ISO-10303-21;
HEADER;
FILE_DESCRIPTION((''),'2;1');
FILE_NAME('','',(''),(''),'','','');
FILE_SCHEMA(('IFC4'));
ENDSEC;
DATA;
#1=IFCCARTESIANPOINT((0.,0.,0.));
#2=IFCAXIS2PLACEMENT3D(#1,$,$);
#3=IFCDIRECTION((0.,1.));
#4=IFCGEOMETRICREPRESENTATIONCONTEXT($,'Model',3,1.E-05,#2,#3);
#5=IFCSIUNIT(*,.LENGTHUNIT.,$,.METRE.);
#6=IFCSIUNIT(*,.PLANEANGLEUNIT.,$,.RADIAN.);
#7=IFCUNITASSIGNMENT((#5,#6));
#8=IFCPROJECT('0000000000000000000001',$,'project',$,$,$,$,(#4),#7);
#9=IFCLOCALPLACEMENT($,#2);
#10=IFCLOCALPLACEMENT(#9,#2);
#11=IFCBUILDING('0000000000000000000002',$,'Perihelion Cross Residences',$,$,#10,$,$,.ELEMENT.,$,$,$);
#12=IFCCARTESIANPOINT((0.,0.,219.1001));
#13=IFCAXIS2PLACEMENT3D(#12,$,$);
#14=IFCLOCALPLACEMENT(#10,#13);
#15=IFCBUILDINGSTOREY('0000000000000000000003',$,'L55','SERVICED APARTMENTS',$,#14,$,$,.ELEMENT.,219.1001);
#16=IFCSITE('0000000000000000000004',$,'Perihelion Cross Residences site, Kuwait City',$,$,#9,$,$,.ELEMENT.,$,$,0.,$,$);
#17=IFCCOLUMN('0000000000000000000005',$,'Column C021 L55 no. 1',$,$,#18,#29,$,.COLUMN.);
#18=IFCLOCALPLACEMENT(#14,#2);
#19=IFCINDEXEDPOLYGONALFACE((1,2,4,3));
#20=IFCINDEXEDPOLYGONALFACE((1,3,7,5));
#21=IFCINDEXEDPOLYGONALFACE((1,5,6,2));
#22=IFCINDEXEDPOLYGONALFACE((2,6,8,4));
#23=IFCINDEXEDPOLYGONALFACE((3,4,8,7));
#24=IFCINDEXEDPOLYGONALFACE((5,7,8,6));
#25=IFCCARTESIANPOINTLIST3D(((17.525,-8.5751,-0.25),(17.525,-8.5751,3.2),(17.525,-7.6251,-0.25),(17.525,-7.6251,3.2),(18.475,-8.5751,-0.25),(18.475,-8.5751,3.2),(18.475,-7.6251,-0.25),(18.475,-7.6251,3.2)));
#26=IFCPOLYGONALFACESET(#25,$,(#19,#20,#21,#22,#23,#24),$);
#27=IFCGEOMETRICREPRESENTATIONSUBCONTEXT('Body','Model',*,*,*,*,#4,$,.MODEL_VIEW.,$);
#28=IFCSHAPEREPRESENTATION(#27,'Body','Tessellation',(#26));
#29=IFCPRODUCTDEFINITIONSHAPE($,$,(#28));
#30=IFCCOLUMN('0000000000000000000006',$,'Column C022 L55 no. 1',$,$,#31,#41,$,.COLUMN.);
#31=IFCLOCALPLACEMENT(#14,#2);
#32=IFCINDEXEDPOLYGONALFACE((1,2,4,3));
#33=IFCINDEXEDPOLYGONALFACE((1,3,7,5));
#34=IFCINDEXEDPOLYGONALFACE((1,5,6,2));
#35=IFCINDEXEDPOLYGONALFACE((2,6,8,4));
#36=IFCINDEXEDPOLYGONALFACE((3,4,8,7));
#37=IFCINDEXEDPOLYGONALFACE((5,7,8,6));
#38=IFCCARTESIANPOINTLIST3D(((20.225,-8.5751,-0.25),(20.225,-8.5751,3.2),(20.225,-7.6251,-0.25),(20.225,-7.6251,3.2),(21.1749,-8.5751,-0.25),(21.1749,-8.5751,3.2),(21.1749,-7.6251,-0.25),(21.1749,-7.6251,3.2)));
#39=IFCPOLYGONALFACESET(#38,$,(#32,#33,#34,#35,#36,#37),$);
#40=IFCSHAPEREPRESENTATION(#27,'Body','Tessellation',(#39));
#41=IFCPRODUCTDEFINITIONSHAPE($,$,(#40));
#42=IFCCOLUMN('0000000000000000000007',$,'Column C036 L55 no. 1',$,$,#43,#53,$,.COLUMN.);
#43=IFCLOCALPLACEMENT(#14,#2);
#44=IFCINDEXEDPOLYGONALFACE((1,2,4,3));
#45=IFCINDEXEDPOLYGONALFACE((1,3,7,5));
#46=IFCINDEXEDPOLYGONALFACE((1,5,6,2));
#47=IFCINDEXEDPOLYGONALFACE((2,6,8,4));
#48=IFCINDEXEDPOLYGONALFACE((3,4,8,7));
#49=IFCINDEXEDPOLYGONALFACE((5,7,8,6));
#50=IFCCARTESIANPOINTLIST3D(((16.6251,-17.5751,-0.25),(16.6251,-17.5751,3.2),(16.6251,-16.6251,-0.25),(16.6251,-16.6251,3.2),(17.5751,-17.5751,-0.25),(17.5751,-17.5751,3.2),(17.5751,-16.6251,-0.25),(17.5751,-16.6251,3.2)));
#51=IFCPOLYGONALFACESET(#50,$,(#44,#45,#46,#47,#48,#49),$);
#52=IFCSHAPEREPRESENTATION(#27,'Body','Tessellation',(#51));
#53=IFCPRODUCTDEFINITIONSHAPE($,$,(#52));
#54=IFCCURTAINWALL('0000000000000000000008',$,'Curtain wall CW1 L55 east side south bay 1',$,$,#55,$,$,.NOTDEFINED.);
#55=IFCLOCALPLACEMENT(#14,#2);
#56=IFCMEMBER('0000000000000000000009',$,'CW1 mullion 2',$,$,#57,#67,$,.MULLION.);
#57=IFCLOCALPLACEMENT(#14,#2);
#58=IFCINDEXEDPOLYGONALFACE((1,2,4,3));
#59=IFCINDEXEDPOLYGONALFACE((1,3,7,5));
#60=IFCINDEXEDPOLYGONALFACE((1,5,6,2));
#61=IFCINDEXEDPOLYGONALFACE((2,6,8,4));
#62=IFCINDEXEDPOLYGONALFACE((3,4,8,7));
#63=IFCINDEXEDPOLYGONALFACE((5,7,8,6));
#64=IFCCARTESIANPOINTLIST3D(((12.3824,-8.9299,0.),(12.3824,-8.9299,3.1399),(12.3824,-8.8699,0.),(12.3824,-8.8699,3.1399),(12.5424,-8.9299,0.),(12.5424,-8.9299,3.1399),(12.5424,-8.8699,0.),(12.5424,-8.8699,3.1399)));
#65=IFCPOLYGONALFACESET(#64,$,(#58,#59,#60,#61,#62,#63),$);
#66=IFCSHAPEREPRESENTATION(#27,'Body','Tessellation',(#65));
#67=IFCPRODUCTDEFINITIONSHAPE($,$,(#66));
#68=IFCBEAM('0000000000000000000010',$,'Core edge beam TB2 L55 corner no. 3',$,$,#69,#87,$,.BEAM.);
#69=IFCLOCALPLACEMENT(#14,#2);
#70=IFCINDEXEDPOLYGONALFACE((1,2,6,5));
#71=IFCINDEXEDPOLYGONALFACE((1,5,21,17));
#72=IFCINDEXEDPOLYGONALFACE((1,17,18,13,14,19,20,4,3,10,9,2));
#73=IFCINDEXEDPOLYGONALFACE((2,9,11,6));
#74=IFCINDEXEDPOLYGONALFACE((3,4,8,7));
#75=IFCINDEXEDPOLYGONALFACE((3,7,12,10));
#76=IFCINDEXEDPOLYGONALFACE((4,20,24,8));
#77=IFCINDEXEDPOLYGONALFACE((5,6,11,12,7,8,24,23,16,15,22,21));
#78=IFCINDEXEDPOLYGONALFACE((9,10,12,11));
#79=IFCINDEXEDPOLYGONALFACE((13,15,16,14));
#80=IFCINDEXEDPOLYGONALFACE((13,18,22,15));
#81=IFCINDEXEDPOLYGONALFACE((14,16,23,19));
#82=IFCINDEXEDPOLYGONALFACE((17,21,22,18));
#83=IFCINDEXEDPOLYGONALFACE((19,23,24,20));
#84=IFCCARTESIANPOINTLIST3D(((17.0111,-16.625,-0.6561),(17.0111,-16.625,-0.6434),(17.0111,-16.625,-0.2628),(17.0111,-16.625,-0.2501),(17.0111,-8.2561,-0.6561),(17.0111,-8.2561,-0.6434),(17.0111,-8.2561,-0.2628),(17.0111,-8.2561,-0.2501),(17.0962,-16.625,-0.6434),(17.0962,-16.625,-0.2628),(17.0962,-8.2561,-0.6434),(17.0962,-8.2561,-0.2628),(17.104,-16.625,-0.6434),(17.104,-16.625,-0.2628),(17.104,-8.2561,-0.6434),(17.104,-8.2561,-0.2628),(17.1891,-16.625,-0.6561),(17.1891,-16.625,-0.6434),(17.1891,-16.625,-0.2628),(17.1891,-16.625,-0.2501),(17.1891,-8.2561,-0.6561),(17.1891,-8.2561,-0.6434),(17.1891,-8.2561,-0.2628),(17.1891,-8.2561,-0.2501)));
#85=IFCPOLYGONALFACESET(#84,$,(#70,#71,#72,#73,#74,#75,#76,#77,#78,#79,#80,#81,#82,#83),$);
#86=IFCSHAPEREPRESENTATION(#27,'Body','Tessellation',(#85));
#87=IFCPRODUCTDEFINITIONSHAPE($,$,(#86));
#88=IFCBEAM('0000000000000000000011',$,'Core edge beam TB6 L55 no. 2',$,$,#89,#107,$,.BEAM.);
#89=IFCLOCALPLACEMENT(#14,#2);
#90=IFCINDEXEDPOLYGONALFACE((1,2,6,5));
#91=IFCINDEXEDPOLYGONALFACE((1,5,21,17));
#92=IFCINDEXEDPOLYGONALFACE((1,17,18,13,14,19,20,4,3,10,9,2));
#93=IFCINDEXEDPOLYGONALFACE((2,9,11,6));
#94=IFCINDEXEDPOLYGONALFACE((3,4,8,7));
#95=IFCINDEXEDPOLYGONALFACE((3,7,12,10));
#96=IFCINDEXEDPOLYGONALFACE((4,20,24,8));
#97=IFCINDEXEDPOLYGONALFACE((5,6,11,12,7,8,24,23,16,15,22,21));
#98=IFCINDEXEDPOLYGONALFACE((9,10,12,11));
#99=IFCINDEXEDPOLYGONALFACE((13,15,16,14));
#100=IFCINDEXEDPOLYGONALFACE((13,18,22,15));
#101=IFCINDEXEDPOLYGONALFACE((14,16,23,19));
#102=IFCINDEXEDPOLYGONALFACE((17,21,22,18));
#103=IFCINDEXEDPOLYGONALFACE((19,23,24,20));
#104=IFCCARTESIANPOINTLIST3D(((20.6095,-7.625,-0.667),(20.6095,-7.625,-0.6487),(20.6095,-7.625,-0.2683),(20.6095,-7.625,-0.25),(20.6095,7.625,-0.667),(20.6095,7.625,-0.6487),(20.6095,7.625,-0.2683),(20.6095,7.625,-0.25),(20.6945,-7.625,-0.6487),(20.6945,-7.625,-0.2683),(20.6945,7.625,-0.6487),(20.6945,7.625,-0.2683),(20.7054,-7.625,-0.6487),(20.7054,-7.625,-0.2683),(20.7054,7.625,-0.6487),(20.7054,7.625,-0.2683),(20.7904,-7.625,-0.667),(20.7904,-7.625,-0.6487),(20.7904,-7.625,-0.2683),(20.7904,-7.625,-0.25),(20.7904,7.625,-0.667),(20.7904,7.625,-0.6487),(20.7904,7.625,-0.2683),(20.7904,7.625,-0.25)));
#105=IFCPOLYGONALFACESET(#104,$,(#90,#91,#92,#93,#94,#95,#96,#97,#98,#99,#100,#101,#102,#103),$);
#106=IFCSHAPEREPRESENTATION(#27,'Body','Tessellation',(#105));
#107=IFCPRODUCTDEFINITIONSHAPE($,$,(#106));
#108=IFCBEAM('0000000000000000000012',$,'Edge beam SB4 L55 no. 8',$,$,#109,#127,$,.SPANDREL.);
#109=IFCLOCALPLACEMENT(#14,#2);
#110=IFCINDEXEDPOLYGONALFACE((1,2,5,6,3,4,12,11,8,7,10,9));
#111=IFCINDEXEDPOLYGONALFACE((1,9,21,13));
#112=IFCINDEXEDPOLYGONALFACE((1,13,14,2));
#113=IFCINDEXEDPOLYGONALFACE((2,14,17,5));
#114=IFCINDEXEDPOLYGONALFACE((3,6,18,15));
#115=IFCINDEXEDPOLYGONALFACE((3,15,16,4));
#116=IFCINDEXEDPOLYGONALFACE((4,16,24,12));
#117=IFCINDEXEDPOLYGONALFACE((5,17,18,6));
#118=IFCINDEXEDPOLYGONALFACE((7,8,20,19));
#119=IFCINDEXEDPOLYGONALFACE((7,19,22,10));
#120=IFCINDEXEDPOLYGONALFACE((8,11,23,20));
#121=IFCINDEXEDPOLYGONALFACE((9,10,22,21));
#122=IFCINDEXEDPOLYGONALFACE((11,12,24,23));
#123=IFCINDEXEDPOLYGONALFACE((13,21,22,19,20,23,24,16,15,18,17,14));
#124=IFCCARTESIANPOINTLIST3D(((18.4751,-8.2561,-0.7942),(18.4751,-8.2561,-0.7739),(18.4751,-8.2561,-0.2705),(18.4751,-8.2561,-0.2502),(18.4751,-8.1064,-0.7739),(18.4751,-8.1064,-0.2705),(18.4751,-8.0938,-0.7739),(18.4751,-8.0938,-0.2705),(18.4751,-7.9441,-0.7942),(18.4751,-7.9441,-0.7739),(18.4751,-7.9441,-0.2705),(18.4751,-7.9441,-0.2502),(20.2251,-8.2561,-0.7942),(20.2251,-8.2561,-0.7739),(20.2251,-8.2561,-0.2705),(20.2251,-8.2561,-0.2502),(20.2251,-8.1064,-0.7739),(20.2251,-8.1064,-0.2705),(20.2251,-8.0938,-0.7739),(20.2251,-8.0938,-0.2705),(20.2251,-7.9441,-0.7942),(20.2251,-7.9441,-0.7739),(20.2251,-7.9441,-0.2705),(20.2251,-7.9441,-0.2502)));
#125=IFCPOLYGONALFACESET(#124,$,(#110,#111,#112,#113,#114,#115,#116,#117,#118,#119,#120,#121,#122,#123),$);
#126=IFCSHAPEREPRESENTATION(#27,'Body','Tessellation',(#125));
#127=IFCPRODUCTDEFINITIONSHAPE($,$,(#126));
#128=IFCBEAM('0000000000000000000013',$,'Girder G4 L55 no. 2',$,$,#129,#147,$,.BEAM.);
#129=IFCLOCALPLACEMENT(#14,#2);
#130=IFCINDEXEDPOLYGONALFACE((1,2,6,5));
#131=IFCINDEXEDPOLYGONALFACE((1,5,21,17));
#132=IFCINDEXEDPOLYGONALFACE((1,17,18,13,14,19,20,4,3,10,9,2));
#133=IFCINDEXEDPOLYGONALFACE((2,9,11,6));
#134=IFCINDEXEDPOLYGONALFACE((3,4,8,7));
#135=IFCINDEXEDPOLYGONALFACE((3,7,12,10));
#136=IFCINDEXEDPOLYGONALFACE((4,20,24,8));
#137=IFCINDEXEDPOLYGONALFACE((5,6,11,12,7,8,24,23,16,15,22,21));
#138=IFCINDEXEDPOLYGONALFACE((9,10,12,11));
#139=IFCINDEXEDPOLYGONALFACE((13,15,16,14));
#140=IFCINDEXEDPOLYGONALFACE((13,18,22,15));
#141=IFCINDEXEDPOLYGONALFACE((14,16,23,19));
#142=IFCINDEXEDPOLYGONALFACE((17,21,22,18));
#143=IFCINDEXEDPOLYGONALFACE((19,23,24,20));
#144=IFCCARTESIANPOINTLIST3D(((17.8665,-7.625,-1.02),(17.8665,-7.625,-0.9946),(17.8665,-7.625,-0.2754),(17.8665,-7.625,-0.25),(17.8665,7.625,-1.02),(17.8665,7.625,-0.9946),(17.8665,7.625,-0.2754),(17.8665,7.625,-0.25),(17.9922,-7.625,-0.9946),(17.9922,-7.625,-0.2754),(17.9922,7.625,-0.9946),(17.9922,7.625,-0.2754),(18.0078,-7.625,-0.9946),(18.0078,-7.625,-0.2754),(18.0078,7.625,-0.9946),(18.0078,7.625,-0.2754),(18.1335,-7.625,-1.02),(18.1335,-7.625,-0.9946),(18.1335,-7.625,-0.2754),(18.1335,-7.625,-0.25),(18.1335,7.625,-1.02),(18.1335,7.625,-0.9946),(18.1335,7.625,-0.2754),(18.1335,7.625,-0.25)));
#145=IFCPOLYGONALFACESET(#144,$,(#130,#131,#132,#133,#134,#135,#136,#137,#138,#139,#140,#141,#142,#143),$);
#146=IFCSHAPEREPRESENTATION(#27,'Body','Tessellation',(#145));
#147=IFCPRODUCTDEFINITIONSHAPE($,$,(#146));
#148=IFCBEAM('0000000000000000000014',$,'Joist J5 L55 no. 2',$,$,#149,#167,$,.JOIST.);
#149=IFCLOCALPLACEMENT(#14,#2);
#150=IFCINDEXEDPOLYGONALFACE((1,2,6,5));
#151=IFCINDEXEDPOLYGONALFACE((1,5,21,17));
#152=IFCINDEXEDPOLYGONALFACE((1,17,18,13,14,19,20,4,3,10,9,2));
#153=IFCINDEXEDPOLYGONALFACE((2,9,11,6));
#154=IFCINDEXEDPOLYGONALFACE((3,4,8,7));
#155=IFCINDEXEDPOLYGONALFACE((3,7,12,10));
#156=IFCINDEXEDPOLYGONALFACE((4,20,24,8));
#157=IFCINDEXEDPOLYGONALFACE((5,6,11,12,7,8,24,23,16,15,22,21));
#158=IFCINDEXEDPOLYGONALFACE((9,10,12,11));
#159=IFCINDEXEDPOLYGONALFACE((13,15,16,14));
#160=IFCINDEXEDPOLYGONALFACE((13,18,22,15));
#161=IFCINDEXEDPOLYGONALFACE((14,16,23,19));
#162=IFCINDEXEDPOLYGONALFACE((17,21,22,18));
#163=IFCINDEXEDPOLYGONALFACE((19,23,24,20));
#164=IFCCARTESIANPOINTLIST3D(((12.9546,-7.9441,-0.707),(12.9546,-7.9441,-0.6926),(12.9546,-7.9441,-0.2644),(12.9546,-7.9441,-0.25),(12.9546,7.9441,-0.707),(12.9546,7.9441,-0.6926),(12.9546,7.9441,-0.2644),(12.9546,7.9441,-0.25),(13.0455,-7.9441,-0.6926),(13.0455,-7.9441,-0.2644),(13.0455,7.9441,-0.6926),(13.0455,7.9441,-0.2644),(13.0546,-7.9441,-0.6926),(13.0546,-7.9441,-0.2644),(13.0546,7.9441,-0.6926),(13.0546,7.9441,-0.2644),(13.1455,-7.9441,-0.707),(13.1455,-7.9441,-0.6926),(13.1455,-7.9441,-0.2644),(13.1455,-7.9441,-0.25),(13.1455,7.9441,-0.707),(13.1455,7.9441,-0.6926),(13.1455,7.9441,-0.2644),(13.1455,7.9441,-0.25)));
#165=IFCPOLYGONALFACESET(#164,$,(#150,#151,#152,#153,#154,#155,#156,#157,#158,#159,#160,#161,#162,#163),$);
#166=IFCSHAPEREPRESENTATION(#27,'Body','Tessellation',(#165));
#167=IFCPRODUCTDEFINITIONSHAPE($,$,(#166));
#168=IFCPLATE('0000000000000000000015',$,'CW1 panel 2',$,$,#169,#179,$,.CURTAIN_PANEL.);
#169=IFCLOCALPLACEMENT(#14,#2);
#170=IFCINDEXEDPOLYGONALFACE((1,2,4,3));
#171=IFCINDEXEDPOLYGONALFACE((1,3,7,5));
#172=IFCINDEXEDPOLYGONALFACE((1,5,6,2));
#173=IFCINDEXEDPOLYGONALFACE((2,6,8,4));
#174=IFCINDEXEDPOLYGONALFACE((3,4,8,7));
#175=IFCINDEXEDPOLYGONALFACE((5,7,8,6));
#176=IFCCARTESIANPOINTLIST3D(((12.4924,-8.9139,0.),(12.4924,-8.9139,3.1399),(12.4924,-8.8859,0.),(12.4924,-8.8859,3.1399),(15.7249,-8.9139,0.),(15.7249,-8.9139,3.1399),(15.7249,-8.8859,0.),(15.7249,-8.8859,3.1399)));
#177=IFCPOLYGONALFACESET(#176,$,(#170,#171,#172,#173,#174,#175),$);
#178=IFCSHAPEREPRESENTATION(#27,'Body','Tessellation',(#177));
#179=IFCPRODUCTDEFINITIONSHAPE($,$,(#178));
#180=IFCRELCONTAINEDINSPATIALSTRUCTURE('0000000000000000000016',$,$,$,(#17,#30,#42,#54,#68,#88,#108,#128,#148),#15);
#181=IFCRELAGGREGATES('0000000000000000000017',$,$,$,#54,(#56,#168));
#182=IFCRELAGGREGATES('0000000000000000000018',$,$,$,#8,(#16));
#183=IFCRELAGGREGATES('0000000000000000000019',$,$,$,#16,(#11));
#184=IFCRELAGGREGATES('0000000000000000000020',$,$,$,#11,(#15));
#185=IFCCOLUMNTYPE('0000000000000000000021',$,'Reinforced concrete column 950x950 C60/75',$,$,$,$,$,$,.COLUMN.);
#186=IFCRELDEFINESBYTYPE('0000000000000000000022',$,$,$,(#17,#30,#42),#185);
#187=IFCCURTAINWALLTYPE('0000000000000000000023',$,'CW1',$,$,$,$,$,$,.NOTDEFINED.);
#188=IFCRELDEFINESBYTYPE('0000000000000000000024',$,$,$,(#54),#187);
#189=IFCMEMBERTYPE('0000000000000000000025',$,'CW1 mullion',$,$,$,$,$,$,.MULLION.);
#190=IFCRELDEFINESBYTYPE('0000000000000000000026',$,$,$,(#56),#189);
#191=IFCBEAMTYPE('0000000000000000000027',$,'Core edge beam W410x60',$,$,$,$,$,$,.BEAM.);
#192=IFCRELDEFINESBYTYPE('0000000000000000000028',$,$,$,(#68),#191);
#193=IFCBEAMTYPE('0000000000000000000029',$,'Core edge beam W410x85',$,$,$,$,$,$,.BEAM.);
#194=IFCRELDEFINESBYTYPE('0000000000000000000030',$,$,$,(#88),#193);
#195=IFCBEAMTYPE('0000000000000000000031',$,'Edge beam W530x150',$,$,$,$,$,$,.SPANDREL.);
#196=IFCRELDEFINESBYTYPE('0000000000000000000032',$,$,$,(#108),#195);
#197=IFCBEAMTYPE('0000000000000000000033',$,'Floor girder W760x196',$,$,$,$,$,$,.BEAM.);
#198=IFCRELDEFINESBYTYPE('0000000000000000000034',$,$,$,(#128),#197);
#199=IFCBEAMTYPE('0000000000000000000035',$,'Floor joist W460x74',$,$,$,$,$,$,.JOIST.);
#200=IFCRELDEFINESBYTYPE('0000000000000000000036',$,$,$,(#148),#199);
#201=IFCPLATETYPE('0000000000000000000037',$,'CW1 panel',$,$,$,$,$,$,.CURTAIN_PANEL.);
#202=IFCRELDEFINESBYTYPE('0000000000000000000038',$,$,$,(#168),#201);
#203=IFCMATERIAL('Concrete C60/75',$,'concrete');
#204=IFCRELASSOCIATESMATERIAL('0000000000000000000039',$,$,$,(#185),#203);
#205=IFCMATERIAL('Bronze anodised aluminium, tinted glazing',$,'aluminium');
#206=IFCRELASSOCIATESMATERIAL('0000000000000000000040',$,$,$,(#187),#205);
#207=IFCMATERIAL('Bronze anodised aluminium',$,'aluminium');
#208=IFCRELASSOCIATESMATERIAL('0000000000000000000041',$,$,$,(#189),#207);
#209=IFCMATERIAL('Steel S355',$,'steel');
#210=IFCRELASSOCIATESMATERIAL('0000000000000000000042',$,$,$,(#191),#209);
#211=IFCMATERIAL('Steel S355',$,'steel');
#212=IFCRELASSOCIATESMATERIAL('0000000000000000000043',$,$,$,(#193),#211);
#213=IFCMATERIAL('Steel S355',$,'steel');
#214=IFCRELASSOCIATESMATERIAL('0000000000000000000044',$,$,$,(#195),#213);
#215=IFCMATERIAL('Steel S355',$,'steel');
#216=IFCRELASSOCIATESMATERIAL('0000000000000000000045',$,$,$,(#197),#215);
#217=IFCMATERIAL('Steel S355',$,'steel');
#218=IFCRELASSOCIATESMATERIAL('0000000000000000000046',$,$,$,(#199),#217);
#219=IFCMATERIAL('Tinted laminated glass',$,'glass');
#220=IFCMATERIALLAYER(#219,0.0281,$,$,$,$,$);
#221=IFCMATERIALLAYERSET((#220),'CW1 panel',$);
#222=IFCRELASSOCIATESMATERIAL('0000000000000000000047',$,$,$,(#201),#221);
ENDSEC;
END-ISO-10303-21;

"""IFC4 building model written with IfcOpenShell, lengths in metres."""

from ifc_helpers import new_model, si_unit, direction, frame, origin, origin_2d, place, context, subcontext, project, spatial, rectangle, i_section, extrude, material, layer, layer_set, material_profile, profile_set, type_object, element, aggregate, save


model = new_model("IFC4")

# Units and contexts
model_context = context("Model", 3, precision=1e-05, world=origin(), true_north=direction((0.0, 1.0)))
body_context = subcontext(model_context, "Body", "Model", "MODEL_VIEW")
ifc_project = project(units=[si_unit("LENGTHUNIT", "METRE"), si_unit("PLANEANGLEUNIT", "RADIAN")], contexts=[model_context])

# Site, building, storey
site_placement = place(None, origin())
site = spatial("IfcSite", under=ifc_project, at=site_placement, Name="Perihelion Cross Residences site, Kuwait City", CompositionType="ELEMENT", RefElevation=0.0)
building_placement = place(site_placement, origin())
building = spatial("IfcBuilding", under=site, at=building_placement, Name="Perihelion Cross Residences", CompositionType="ELEMENT")
storey_placement = place(building_placement, frame((0.0, 0.0, 219.1001)))
storey = spatial("IfcBuildingStorey", under=building, at=storey_placement, Name="L55", Description="SERVICED APARTMENTS", CompositionType="ELEMENT", Elevation=219.1001)

# Columns
ifc_material_1 = material(Name="Concrete C60/75", Category="concrete")
ifc_material_profile_1 = material_profile(ifc_material_1, rectangle(XDim=0.95, YDim=0.95, at=origin_2d()), Name="RC 950x950")
ifc_profile_set_1 = profile_set([ifc_material_profile_1], Name="Concrete C60/75")
column_type = type_object("IfcColumnType", Name="Reinforced concrete column 950x950 C60/75", PredefinedType="COLUMN", material=ifc_profile_set_1)
for number, where, z_axis, x_axis, name in (
    (1, (18.0, -8.1001, -0.25), (0.0, 0.0, 1.0), (1.0, 0.0, 0.0), "Column C021 L55 no. 1"),
    (2, (20.7, -8.1001, -0.25), (0.0, 0.0, 1.0), (1.0, 0.0, 0.0), "Column C022 L55 no. 1"),
    (3, (17.1001, -17.1001, -0.25), (0.0, 0.0, 1.0), (1.0, 0.0, 0.0), "Column C036 L55 no. 1"),
):
    element("IfcColumn", number, at=place(storey_placement, frame(where, z_axis=z_axis, x_axis=x_axis)), inside=storey, type_object=column_type, Name=name, PredefinedType="COLUMN", context=body_context, shape_type="SweptSolid", body=[
        extrude(rectangle(XDim=0.95, YDim=0.95, at=origin_2d()), origin(), (0.0, 0.0, 1.0), 3.45),
    ])

# Curtain wall, member
ifc_material_2 = material(Name="Bronze anodised aluminium, tinted glazing", Category="aluminium")
curtain_wall_type = type_object("IfcCurtainWallType", Name="CW1", PredefinedType="NOTDEFINED", material=ifc_material_2)
curtain_wall_placement = place(storey_placement, origin())
curtain_wall = element("IfcCurtainWall", 4, at=curtain_wall_placement, inside=storey, type_object=curtain_wall_type, Name="Curtain wall CW1 L55 east side south bay 1", PredefinedType="NOTDEFINED")
ifc_material_3 = material(Name="Bronze anodised aluminium", Category="aluminium")
ifc_material_profile_2 = material_profile(ifc_material_3, rectangle(XDim=0.0601, YDim=0.1599, at=origin_2d()), Name="CW1 mullion")
ifc_profile_set_2 = profile_set([ifc_material_profile_2], Name="Bronze anodised aluminium")
member_type = type_object("IfcMemberType", Name="CW1 mullion", PredefinedType="MULLION", material=ifc_profile_set_2)
member_placement = place(storey_placement, frame((12.4624, -8.8999, 0.0), z_axis=(0.0, 0.0, 1.0), x_axis=(0.0, 1.0, 0.0)))
member = element("IfcMember", 5, at=member_placement, type_object=member_type, Name="CW1 mullion 2", PredefinedType="MULLION", context=body_context, shape_type="SweptSolid", body=[
    extrude(rectangle(XDim=0.0601, YDim=0.1599, at=origin_2d()), origin(), (0.0, 0.0, 1.0), 3.1399),
])

# Beams
ifc_material_4 = material(Name="Steel S355", Category="steel")
ifc_material_profile_3 = material_profile(ifc_material_4, i_section(OverallWidth=0.178, OverallDepth=0.406, WebThickness=0.0078, FlangeThickness=0.0127, at=origin_2d()), Name="W410x60")
ifc_profile_set_3 = profile_set([ifc_material_profile_3], Name="Steel S355")
beam_type_1 = type_object("IfcBeamType", Name="Core edge beam W410x60", PredefinedType="BEAM", material=ifc_profile_set_3)
beam_1_placement = place(storey_placement, frame((17.1001, -8.2561, -0.4531), z_axis=(0.0, -1.0, 0.0), x_axis=(1.0, 0.0, 0.0)))
element("IfcBeam", 6, at=beam_1_placement, inside=storey, type_object=beam_type_1, Name="Core edge beam TB2 L55 corner no. 3", PredefinedType="BEAM", context=body_context, shape_type="SweptSolid", body=[
    extrude(i_section(OverallWidth=0.178, OverallDepth=0.406, WebThickness=0.0078, FlangeThickness=0.0127, at=origin_2d()), origin(), (0.0, 0.0, 1.0), 8.3689),
])
ifc_material_5 = material(Name="Steel S355", Category="steel")
ifc_material_profile_4 = material_profile(ifc_material_5, i_section(OverallWidth=0.1809, OverallDepth=0.417, WebThickness=0.011, FlangeThickness=0.0183, at=origin_2d()), Name="W410x85")
ifc_profile_set_4 = profile_set([ifc_material_profile_4], Name="Steel S355")
beam_type_2 = type_object("IfcBeamType", Name="Core edge beam W410x85", PredefinedType="BEAM", material=ifc_profile_set_4)
beam_2_placement = place(storey_placement, frame((20.7, -7.625, -0.4585), z_axis=(0.0, 1.0, 0.0), x_axis=(-1.0, 0.0, 0.0)))
element("IfcBeam", 7, at=beam_2_placement, inside=storey, type_object=beam_type_2, Name="Core edge beam TB6 L55 no. 2", PredefinedType="BEAM", context=body_context, shape_type="SweptSolid", body=[
    extrude(i_section(OverallWidth=0.1809, OverallDepth=0.417, WebThickness=0.011, FlangeThickness=0.0183, at=origin_2d()), origin(), (0.0, 0.0, 1.0), 15.25),
])
ifc_material_6 = material(Name="Steel S355", Category="steel")
ifc_material_profile_5 = material_profile(ifc_material_6, i_section(OverallWidth=0.312, OverallDepth=0.5439, WebThickness=0.0127, FlangeThickness=0.0203, at=origin_2d()), Name="W530x150")
ifc_profile_set_5 = profile_set([ifc_material_profile_5], Name="Steel S355")
beam_type_3 = type_object("IfcBeamType", Name="Edge beam W530x150", PredefinedType="SPANDREL", material=ifc_profile_set_5)
beam_3_placement = place(storey_placement, frame((18.4751, -8.1001, -0.5222), z_axis=(1.0, 0.0, 0.0), x_axis=(0.0, 1.0, 0.0)))
element("IfcBeam", 8, at=beam_3_placement, inside=storey, type_object=beam_type_3, Name="Edge beam SB4 L55 no. 8", PredefinedType="SPANDREL", context=body_context, shape_type="SweptSolid", body=[
    extrude(i_section(OverallWidth=0.312, OverallDepth=0.5439, WebThickness=0.0127, FlangeThickness=0.0203, at=origin_2d()), origin(), (0.0, 0.0, 1.0), 1.75),
])
ifc_material_7 = material(Name="Steel S355", Category="steel")
ifc_material_profile_6 = material_profile(ifc_material_7, i_section(OverallWidth=0.2671, OverallDepth=0.77, WebThickness=0.0156, FlangeThickness=0.0254, at=origin_2d()), Name="W760x196")
ifc_profile_set_6 = profile_set([ifc_material_profile_6], Name="Steel S355")
beam_type_4 = type_object("IfcBeamType", Name="Floor girder W760x196", PredefinedType="BEAM", material=ifc_profile_set_6)
beam_4_placement = place(storey_placement, frame((18.0, -7.625, -0.635), z_axis=(0.0, 1.0, 0.0), x_axis=(-1.0, 0.0, 0.0)))
element("IfcBeam", 9, at=beam_4_placement, inside=storey, type_object=beam_type_4, Name="Girder G4 L55 no. 2", PredefinedType="BEAM", context=body_context, shape_type="SweptSolid", body=[
    extrude(i_section(OverallWidth=0.2671, OverallDepth=0.77, WebThickness=0.0156, FlangeThickness=0.0254, at=origin_2d()), origin(), (0.0, 0.0, 1.0), 15.25),
])
ifc_material_8 = material(Name="Steel S355", Category="steel")
ifc_material_profile_7 = material_profile(ifc_material_8, i_section(OverallWidth=0.1909, OverallDepth=0.457, WebThickness=0.009, FlangeThickness=0.0144, at=origin_2d()), Name="W460x74")
ifc_profile_set_7 = profile_set([ifc_material_profile_7], Name="Steel S355")
beam_type_5 = type_object("IfcBeamType", Name="Floor joist W460x74", PredefinedType="JOIST", material=ifc_profile_set_7)
beam_5_placement = place(storey_placement, frame((13.05, -7.9441, -0.4785), z_axis=(0.0, 1.0, 0.0), x_axis=(-1.0, 0.0, 0.0)))
element("IfcBeam", 10, at=beam_5_placement, inside=storey, type_object=beam_type_5, Name="Joist J5 L55 no. 2", PredefinedType="JOIST", context=body_context, shape_type="SweptSolid", body=[
    extrude(i_section(OverallWidth=0.1909, OverallDepth=0.457, WebThickness=0.009, FlangeThickness=0.0144, at=origin_2d()), origin(), (0.0, 0.0, 1.0), 15.8882),
])

# Plate
ifc_material_9 = material(Name="Tinted laminated glass", Category="glass")
ifc_layer_1 = layer(ifc_material_9, 0.0281)
ifc_layer_set_1 = layer_set([ifc_layer_1], Name="CW1 panel")
plate_type = type_object("IfcPlateType", Name="CW1 panel", PredefinedType="CURTAIN_PANEL", material=ifc_layer_set_1)
plate_placement = place(storey_placement, frame((14.1086, -8.8999, 0.0), z_axis=(0.0, 0.0, 1.0), x_axis=(1.0, 0.0, 0.0)))
plate = element("IfcPlate", 11, at=plate_placement, type_object=plate_type, Name="CW1 panel 2", PredefinedType="CURTAIN_PANEL", context=body_context, shape_type="SweptSolid", body=[
    extrude(rectangle(XDim=3.2324, YDim=0.0281, at=origin_2d()), origin(), (0.0, 0.0, 1.0), 3.1399),
])
aggregate(curtain_wall, [member, plate])

save(model, "model.ifc")
